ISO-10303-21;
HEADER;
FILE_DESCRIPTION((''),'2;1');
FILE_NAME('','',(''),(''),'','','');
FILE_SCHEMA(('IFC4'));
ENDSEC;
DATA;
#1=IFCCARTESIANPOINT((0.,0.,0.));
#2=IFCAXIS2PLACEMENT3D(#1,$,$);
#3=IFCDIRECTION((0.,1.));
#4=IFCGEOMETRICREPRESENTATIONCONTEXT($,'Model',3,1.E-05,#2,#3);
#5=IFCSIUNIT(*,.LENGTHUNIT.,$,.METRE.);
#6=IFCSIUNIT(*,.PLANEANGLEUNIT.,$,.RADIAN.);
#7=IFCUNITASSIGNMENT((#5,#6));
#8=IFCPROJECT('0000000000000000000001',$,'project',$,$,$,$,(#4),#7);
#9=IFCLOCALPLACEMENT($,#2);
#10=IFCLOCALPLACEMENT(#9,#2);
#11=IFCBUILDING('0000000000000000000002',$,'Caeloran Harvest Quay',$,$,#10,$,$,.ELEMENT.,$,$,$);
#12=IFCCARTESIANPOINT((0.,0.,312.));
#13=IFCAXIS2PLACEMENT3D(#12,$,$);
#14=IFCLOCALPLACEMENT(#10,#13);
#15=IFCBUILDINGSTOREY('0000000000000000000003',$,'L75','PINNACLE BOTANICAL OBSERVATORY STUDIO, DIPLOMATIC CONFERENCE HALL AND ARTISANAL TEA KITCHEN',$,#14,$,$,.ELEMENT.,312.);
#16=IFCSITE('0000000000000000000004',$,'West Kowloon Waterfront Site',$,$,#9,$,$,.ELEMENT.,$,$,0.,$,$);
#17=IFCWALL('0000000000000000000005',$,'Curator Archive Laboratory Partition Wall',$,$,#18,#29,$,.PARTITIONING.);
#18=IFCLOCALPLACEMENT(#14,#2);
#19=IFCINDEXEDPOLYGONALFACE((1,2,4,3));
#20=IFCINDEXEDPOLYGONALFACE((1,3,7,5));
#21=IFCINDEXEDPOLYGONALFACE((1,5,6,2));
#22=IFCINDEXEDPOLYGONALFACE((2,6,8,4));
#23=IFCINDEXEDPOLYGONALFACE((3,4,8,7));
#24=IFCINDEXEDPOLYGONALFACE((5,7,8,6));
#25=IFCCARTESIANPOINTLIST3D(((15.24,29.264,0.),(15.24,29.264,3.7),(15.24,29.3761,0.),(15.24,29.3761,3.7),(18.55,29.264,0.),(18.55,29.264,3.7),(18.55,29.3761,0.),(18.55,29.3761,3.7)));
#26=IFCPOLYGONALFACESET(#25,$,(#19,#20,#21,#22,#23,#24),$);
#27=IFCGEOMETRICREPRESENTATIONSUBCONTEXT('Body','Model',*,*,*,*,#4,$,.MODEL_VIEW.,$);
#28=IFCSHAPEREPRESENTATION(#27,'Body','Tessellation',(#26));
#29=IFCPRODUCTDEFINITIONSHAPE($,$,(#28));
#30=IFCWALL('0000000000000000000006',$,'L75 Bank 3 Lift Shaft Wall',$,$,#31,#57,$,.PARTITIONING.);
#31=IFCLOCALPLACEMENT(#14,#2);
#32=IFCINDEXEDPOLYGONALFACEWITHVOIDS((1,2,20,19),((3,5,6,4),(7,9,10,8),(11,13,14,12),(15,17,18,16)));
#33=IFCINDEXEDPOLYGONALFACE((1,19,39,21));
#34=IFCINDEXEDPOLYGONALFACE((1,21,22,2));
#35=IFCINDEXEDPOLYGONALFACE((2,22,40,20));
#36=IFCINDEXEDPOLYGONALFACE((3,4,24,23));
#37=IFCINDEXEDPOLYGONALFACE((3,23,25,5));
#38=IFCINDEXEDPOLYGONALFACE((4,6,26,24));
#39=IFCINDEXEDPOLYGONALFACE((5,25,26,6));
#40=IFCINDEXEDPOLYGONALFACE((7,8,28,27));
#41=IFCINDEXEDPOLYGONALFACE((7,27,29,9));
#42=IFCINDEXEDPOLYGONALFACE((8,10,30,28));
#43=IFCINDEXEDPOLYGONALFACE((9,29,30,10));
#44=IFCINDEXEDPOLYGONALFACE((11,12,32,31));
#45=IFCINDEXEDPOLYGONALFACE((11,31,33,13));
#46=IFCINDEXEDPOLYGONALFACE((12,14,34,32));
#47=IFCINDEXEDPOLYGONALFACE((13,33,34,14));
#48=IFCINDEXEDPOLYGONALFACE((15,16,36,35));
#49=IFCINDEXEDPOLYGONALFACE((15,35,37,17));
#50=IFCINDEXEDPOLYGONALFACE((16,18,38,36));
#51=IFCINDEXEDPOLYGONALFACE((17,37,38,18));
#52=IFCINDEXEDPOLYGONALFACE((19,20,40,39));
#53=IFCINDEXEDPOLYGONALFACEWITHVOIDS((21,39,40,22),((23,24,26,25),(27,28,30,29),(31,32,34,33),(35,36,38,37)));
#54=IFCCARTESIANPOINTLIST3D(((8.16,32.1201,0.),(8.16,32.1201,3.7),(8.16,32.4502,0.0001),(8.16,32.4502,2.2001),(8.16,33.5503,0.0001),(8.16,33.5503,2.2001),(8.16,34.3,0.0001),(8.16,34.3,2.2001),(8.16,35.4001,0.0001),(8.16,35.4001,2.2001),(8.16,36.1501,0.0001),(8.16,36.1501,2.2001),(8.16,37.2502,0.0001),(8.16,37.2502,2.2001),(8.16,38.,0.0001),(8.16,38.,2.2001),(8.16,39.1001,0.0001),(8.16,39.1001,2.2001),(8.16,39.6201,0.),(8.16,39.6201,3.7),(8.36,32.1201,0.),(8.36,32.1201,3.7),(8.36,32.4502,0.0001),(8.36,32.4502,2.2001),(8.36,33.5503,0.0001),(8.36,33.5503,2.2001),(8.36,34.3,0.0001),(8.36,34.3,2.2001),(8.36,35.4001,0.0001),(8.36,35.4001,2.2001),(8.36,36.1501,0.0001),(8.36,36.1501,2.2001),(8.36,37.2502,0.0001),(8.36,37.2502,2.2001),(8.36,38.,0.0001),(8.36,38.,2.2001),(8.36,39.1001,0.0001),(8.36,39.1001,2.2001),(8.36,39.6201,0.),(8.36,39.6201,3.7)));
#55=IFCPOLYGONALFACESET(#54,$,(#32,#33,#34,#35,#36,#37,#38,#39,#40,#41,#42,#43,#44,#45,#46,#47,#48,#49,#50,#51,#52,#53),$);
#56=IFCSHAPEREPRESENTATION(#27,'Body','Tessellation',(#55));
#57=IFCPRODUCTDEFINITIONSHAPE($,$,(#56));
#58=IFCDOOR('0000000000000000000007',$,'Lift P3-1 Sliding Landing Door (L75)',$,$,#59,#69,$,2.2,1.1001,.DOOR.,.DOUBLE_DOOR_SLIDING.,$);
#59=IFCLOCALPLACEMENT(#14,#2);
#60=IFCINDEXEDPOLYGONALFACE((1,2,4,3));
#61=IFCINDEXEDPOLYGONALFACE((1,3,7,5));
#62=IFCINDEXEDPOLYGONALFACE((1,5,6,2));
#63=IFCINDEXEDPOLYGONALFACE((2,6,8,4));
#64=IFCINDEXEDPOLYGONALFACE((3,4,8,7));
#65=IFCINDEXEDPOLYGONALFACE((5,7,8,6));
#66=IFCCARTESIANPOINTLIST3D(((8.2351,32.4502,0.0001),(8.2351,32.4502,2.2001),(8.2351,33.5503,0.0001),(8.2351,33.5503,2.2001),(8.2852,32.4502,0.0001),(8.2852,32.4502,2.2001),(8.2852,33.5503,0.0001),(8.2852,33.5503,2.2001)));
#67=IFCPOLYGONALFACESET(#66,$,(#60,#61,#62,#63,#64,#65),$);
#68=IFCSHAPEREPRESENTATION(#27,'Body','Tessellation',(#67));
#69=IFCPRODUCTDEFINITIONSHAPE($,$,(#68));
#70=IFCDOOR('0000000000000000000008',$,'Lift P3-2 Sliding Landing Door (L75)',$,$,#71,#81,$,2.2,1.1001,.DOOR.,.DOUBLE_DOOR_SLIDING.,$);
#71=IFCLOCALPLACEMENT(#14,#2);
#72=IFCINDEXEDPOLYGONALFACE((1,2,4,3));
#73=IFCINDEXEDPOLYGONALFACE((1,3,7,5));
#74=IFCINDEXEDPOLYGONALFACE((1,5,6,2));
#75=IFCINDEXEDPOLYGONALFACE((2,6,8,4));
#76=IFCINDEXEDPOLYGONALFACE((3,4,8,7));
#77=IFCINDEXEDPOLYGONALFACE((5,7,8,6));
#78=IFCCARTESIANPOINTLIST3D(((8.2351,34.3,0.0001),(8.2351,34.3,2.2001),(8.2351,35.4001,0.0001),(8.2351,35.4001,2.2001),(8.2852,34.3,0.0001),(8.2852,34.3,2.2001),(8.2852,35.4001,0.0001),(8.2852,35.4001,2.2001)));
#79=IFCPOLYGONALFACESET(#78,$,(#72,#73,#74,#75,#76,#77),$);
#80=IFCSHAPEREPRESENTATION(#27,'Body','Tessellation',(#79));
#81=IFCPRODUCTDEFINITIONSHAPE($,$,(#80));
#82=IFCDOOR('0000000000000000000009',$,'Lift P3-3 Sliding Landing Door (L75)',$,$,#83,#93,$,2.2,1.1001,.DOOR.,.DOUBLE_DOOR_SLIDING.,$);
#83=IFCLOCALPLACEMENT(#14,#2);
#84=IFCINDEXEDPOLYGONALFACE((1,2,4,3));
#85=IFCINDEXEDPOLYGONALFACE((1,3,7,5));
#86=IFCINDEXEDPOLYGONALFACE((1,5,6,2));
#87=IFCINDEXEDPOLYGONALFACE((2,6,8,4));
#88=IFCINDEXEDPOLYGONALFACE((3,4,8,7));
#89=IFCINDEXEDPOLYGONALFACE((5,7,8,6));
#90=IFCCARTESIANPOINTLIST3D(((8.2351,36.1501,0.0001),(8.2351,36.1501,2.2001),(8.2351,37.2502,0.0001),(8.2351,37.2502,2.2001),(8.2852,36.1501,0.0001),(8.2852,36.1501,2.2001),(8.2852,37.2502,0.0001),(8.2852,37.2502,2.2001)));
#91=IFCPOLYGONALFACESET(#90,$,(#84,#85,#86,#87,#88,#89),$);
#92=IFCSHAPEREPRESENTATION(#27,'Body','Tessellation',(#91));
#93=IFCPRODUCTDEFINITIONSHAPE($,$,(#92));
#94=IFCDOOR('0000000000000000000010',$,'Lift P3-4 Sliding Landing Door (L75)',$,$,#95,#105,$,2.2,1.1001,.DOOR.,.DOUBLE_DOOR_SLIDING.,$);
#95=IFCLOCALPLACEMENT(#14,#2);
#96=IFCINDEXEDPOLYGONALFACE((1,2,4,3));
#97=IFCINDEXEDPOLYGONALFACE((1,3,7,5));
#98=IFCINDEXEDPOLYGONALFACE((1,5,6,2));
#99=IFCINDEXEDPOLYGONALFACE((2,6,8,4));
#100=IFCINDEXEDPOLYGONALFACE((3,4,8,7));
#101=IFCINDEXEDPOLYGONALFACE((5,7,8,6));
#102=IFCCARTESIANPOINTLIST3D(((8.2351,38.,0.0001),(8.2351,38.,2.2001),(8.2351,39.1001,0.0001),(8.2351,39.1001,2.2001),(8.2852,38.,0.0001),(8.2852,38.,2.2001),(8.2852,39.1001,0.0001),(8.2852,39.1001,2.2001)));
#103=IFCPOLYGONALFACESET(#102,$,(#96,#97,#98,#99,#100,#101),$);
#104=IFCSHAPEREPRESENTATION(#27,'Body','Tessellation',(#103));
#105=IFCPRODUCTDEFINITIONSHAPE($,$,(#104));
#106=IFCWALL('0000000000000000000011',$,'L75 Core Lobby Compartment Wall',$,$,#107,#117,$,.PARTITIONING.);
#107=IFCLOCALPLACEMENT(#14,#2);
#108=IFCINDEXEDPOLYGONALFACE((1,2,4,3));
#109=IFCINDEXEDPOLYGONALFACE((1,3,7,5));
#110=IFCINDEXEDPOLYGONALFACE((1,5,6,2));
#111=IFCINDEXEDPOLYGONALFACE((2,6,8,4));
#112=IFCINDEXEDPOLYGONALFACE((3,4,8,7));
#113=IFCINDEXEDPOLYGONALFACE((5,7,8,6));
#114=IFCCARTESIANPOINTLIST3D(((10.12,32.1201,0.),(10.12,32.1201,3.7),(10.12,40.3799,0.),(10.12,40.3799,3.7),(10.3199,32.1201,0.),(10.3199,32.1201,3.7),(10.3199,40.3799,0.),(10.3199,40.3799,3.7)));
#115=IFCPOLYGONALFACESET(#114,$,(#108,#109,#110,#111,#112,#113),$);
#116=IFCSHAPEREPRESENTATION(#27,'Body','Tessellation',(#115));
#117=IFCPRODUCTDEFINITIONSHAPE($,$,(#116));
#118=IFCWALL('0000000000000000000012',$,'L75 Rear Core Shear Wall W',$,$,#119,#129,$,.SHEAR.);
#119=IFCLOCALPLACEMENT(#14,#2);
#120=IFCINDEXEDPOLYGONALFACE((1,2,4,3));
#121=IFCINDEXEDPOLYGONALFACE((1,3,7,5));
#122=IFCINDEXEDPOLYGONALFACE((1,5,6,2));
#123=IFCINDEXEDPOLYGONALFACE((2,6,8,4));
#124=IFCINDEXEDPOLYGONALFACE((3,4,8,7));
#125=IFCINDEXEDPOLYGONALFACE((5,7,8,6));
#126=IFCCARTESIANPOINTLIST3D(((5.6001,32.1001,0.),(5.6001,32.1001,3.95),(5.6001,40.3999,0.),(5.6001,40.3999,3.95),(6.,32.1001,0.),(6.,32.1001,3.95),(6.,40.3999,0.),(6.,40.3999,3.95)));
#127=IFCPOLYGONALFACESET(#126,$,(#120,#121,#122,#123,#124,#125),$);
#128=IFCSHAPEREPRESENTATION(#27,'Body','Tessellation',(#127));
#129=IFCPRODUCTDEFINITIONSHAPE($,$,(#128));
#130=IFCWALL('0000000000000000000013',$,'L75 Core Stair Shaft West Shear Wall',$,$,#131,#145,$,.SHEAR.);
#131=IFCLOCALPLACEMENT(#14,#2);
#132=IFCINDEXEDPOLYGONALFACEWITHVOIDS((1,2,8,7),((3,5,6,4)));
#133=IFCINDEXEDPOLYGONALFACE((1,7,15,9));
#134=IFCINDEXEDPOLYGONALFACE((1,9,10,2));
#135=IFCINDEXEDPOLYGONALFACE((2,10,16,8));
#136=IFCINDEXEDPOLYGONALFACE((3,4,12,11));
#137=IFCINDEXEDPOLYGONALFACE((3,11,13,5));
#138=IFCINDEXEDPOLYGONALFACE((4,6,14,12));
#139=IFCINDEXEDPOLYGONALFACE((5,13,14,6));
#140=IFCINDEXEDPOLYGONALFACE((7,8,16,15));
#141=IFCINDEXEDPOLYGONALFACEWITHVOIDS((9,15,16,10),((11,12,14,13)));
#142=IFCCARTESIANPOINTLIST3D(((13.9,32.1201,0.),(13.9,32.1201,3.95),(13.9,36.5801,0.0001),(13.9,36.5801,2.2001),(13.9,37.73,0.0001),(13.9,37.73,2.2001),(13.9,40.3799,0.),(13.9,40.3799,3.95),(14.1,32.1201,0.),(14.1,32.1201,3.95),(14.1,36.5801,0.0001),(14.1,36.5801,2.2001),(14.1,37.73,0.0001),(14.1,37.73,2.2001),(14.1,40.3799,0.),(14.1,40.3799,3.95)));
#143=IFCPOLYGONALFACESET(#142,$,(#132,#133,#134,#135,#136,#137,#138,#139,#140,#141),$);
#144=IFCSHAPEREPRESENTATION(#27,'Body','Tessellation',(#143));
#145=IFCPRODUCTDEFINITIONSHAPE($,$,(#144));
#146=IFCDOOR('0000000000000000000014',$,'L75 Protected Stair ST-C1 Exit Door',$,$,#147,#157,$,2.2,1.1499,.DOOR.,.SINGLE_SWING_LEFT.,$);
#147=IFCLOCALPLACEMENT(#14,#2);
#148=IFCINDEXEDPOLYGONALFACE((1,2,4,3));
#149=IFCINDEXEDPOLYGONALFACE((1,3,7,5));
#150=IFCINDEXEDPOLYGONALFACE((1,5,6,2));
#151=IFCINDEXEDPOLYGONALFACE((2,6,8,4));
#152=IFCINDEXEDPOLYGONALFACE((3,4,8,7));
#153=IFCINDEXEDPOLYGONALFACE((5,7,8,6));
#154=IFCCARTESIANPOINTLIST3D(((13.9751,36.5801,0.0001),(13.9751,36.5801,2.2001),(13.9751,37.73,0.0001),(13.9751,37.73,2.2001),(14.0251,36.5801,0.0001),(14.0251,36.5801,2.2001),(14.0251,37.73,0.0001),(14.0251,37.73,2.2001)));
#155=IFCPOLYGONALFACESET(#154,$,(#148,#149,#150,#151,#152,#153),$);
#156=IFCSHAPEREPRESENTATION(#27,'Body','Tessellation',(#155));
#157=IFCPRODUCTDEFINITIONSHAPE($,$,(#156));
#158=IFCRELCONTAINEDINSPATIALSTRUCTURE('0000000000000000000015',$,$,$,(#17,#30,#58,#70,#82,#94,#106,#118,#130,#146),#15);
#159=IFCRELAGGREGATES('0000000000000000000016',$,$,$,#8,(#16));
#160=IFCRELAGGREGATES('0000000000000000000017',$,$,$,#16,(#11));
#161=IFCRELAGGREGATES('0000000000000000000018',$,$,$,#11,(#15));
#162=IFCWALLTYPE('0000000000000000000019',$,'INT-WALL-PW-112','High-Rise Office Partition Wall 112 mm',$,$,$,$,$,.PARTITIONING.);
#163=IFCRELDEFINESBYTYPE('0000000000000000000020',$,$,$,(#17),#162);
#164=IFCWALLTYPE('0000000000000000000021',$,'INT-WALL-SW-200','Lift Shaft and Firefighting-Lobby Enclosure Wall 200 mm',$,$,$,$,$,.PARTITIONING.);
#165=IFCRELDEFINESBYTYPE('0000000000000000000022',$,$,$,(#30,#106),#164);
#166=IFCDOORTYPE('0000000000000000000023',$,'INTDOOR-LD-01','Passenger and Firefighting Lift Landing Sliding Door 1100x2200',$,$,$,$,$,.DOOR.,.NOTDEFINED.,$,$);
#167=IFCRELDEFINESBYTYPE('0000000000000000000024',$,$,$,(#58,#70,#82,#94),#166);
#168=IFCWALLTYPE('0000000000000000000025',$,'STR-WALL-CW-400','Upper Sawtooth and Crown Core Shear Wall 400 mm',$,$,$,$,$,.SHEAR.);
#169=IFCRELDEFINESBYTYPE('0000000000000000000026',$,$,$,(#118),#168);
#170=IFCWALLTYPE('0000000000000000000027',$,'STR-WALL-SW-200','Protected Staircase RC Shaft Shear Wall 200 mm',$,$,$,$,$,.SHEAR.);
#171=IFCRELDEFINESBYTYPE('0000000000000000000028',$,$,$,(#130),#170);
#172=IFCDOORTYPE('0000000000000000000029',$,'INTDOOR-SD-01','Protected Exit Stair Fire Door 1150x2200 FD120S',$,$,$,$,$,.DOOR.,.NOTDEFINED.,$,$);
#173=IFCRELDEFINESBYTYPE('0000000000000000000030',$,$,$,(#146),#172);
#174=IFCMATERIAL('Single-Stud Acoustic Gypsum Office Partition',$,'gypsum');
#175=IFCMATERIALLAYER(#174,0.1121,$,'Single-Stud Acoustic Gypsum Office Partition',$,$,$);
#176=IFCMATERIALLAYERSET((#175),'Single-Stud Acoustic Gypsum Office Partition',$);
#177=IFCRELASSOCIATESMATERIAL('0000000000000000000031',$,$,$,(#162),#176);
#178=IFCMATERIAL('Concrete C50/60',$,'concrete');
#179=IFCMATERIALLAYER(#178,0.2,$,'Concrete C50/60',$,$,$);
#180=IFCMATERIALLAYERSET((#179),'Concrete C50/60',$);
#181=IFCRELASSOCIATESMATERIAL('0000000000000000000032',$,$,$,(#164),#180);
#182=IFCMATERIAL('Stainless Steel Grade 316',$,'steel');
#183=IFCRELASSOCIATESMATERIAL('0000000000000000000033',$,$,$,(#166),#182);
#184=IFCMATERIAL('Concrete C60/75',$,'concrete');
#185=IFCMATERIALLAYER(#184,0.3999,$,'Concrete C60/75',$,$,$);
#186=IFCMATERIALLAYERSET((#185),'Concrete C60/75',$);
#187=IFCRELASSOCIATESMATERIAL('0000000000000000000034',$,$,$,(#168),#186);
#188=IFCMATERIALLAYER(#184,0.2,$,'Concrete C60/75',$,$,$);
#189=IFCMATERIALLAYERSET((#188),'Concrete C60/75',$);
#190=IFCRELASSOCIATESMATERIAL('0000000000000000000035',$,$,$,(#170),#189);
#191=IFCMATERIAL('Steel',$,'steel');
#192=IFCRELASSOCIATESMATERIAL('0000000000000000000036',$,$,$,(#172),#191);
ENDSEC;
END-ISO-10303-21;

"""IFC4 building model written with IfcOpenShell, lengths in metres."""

from ifc_helpers import new_model, si_unit, direction, frame, frame_2d, origin, place, context, subcontext, project, spatial, rectangle, extrude, material, layer, layer_set, type_object, element, fill, save


model = new_model("IFC4")

# Units and contexts
model_context = context("Model", 3, precision=1e-05, world=origin(), true_north=direction((0.0, 1.0)))
body_context = subcontext(model_context, "Body", "Model", "MODEL_VIEW")
ifc_project = project(units=[si_unit("LENGTHUNIT", "METRE"), si_unit("PLANEANGLEUNIT", "RADIAN")], contexts=[model_context])

# Site, building, storey
site_placement = place(None, origin())
site = spatial("IfcSite", under=ifc_project, at=site_placement, Name="West Kowloon Waterfront Site", CompositionType="ELEMENT", RefElevation=0.0)
building_placement = place(site_placement, origin())
building = spatial("IfcBuilding", under=site, at=building_placement, Name="Caeloran Harvest Quay", CompositionType="ELEMENT")
storey_placement = place(building_placement, frame((0.0, 0.0, 312.0)))
storey = spatial("IfcBuildingStorey", under=building, at=storey_placement, Name="L75", Description="PINNACLE BOTANICAL OBSERVATORY STUDIO, DIPLOMATIC CONFERENCE HALL AND ARTISANAL TEA KITCHEN", CompositionType="ELEMENT", Elevation=312.0)

# Shared definitions
ifc_material_1 = material(Name="Concrete C60/75", Category="concrete")

# Shared definitions
ifc_material_2 = material(Name="Single-Stud Acoustic Gypsum Office Partition", Category="gypsum")
ifc_layer_1 = layer(ifc_material_2, 0.1121, Name="Single-Stud Acoustic Gypsum Office Partition")
ifc_layer_set_1 = layer_set([ifc_layer_1], Name="Single-Stud Acoustic Gypsum Office Partition")
wall_type_1 = type_object("IfcWallType", Name="INT-WALL-PW-112", Description="High-Rise Office Partition Wall 112 mm", PredefinedType="PARTITIONING", material=ifc_layer_set_1)

# Wall
wall_1_placement = place(storey_placement, frame((15.24, 29.3201, 0.0), z_axis=(0.0, 0.0, 1.0), x_axis=(1.0, 0.0, 0.0)))
element("IfcWall", 1, at=wall_1_placement, inside=storey, type_object=wall_type_1, Name="Curator Archive Laboratory Partition Wall", PredefinedType="PARTITIONING", context=body_context, shape_type="SweptSolid", body=[
    extrude(rectangle(XDim=3.3101, YDim=0.1121, at=frame_2d((1.655, 0.0))), origin(), (0.0, 0.0, 1.0), 3.7),
])

# Wall, openings, doors
ifc_material_3 = material(Name="Concrete C50/60", Category="concrete")
ifc_layer_2 = layer(ifc_material_3, 0.2, Name="Concrete C50/60")
ifc_layer_set_2 = layer_set([ifc_layer_2], Name="Concrete C50/60")
wall_type_2 = type_object("IfcWallType", Name="INT-WALL-SW-200", Description="Lift Shaft and Firefighting-Lobby Enclosure Wall 200 mm", PredefinedType="PARTITIONING", material=ifc_layer_set_2)
wall_2_placement = place(storey_placement, frame((8.26, 32.1201, 0.0), z_axis=(0.0, 0.0, 1.0), x_axis=(0.0, 1.0, 0.0)))
wall_2 = element("IfcWall", 2, at=wall_2_placement, inside=storey, type_object=wall_type_2, Name="L75 Bank 3 Lift Shaft Wall", PredefinedType="PARTITIONING", context=body_context, shape_type="SweptSolid", body=[
    extrude(rectangle(XDim=7.5, YDim=0.2, at=frame_2d((3.75, 0.0))), origin(), (0.0, 0.0, 1.0), 3.7),
])
opening_1_placement = place(wall_2_placement, frame((0.3301, 0.0, 0.0)))
opening_1 = element("IfcOpeningElement", 3, at=opening_1_placement, cuts=wall_2, PredefinedType="OPENING", context=body_context, shape_type="SweptSolid", body=[
    extrude(rectangle(XDim=1.1001, YDim=2.2, at=frame_2d((0.55, 1.1001))), frame((0.0, 0.1099, 0.0), z_axis=(0.0, -1.0, 0.0), x_axis=(1.0, 0.0, 0.0)), (0.0, 0.0, 1.0), 0.22),
])
opening_2_placement = place(wall_2_placement, frame((2.1799, 0.0, 0.0)))
opening_2 = element("IfcOpeningElement", 4, at=opening_2_placement, cuts=wall_2, PredefinedType="OPENING", context=body_context, shape_type="SweptSolid", body=[
    extrude(rectangle(XDim=1.1001, YDim=2.2, at=frame_2d((0.55, 1.1001))), frame((0.0, 0.1099, 0.0), z_axis=(0.0, -1.0, 0.0), x_axis=(1.0, 0.0, 0.0)), (0.0, 0.0, 1.0), 0.22),
])
opening_3_placement = place(wall_2_placement, frame((4.03, 0.0, 0.0)))
opening_3 = element("IfcOpeningElement", 5, at=opening_3_placement, cuts=wall_2, PredefinedType="OPENING", context=body_context, shape_type="SweptSolid", body=[
    extrude(rectangle(XDim=1.1001, YDim=2.2, at=frame_2d((0.55, 1.1001))), frame((0.0, 0.1099, 0.0), z_axis=(0.0, -1.0, 0.0), x_axis=(1.0, 0.0, 0.0)), (0.0, 0.0, 1.0), 0.22),
])
opening_4_placement = place(wall_2_placement, frame((5.8799, 0.0, 0.0)))
opening_4 = element("IfcOpeningElement", 6, at=opening_4_placement, cuts=wall_2, PredefinedType="OPENING", context=body_context, shape_type="SweptSolid", body=[
    extrude(rectangle(XDim=1.1001, YDim=2.2, at=frame_2d((0.55, 1.1001))), frame((0.0, 0.1099, 0.0), z_axis=(0.0, -1.0, 0.0), x_axis=(1.0, 0.0, 0.0)), (0.0, 0.0, 1.0), 0.22),
])
ifc_material_4 = material(Name="Stainless Steel Grade 316", Category="steel")
door_type_1 = type_object("IfcDoorType", Name="INTDOOR-LD-01", Description="Passenger and Firefighting Lift Landing Sliding Door 1100x2200", OperationType="NOTDEFINED", PredefinedType="DOOR", material=ifc_material_4)
door_1_placement = place(opening_1_placement, origin())
door_1 = element("IfcDoor", 7, at=door_1_placement, inside=storey, type_object=door_type_1, Name="Lift P3-1 Sliding Landing Door (L75)", OperationType="DOUBLE_DOOR_SLIDING", OverallHeight=2.2, OverallWidth=1.1001, PredefinedType="DOOR", context=body_context, shape_type="SweptSolid", body=[
    extrude(rectangle(XDim=1.1001, YDim=2.2, at=frame_2d((0.55, 1.1001))), frame((0.0, 0.0249, 0.0), z_axis=(0.0, -1.0, 0.0), x_axis=(1.0, 0.0, 0.0)), (0.0, 0.0, 1.0), 0.05),
])
fill(opening_1, door_1)
door_2_placement = place(opening_2_placement, origin())
door_2 = element("IfcDoor", 8, at=door_2_placement, inside=storey, type_object=door_type_1, Name="Lift P3-2 Sliding Landing Door (L75)", OperationType="DOUBLE_DOOR_SLIDING", OverallHeight=2.2, OverallWidth=1.1001, PredefinedType="DOOR", context=body_context, shape_type="SweptSolid", body=[
    extrude(rectangle(XDim=1.1001, YDim=2.2, at=frame_2d((0.55, 1.1001))), frame((0.0, 0.0249, 0.0), z_axis=(0.0, -1.0, 0.0), x_axis=(1.0, 0.0, 0.0)), (0.0, 0.0, 1.0), 0.05),
])
fill(opening_2, door_2)
door_3_placement = place(opening_3_placement, origin())
door_3 = element("IfcDoor", 9, at=door_3_placement, inside=storey, type_object=door_type_1, Name="Lift P3-3 Sliding Landing Door (L75)", OperationType="DOUBLE_DOOR_SLIDING", OverallHeight=2.2, OverallWidth=1.1001, PredefinedType="DOOR", context=body_context, shape_type="SweptSolid", body=[
    extrude(rectangle(XDim=1.1001, YDim=2.2, at=frame_2d((0.55, 1.1001))), frame((0.0, 0.0249, 0.0), z_axis=(0.0, -1.0, 0.0), x_axis=(1.0, 0.0, 0.0)), (0.0, 0.0, 1.0), 0.05),
])
fill(opening_3, door_3)
door_4_placement = place(opening_4_placement, origin())
door_4 = element("IfcDoor", 10, at=door_4_placement, inside=storey, type_object=door_type_1, Name="Lift P3-4 Sliding Landing Door (L75)", OperationType="DOUBLE_DOOR_SLIDING", OverallHeight=2.2, OverallWidth=1.1001, PredefinedType="DOOR", context=body_context, shape_type="SweptSolid", body=[
    extrude(rectangle(XDim=1.1001, YDim=2.2, at=frame_2d((0.55, 1.1001))), frame((0.0, 0.0249, 0.0), z_axis=(0.0, -1.0, 0.0), x_axis=(1.0, 0.0, 0.0)), (0.0, 0.0, 1.0), 0.05),
])
fill(opening_4, door_4)

# Walls
wall_3_placement = place(storey_placement, frame((10.22, 32.1201, 0.0), z_axis=(0.0, 0.0, 1.0), x_axis=(0.0, 1.0, 0.0)))
element("IfcWall", 11, at=wall_3_placement, inside=storey, type_object=wall_type_2, Name="L75 Core Lobby Compartment Wall", PredefinedType="PARTITIONING", context=body_context, shape_type="SweptSolid", body=[
    extrude(rectangle(XDim=8.2598, YDim=0.2, at=frame_2d((4.1299, 0.0))), origin(), (0.0, 0.0, 1.0), 3.7),
])
ifc_layer_3 = layer(ifc_material_1, 0.3999, Name="Concrete C60/75")
ifc_layer_set_3 = layer_set([ifc_layer_3], Name="Concrete C60/75")
wall_type_3 = type_object("IfcWallType", Name="STR-WALL-CW-400", Description="Upper Sawtooth and Crown Core Shear Wall 400 mm", PredefinedType="SHEAR", material=ifc_layer_set_3)
wall_4_placement = place(storey_placement, frame((5.8, 32.1001, 0.0), z_axis=(0.0, 0.0, 1.0), x_axis=(0.0, 1.0, 0.0)))
element("IfcWall", 12, at=wall_4_placement, inside=storey, type_object=wall_type_3, Name="L75 Rear Core Shear Wall W", PredefinedType="SHEAR", context=body_context, shape_type="SweptSolid", body=[
    extrude(rectangle(XDim=8.2998, YDim=0.3999, at=frame_2d((4.1499, 0.0))), origin(), (0.0, 0.0, 1.0), 3.95),
])

# Wall, opening, door
ifc_layer_4 = layer(ifc_material_1, 0.2, Name="Concrete C60/75")
ifc_layer_set_4 = layer_set([ifc_layer_4], Name="Concrete C60/75")
wall_type_4 = type_object("IfcWallType", Name="STR-WALL-SW-200", Description="Protected Staircase RC Shaft Shear Wall 200 mm", PredefinedType="SHEAR", material=ifc_layer_set_4)
wall_5_placement = place(storey_placement, frame((14.0, 32.1201, 0.0), z_axis=(0.0, 0.0, 1.0), x_axis=(0.0, 1.0, 0.0)))
wall_5 = element("IfcWall", 13, at=wall_5_placement, inside=storey, type_object=wall_type_4, Name="L75 Core Stair Shaft West Shear Wall", PredefinedType="SHEAR", context=body_context, shape_type="SweptSolid", body=[
    extrude(rectangle(XDim=8.2598, YDim=0.2, at=frame_2d((4.1299, 0.0))), origin(), (0.0, 0.0, 1.0), 3.95),
])
opening_5_placement = place(wall_5_placement, frame((4.46, 0.0, 0.0)))
opening_5 = element("IfcOpeningElement", 14, at=opening_5_placement, cuts=wall_5, PredefinedType="OPENING", context=body_context, shape_type="SweptSolid", body=[
    extrude(rectangle(XDim=1.1499, YDim=2.2, at=frame_2d((0.575, 1.1001))), frame((0.0, 0.1099, 0.0), z_axis=(0.0, -1.0, 0.0), x_axis=(1.0, 0.0, 0.0)), (0.0, 0.0, 1.0), 0.22),
])
ifc_material_5 = material(Name="Steel", Category="steel")
door_type_2 = type_object("IfcDoorType", Name="INTDOOR-SD-01", Description="Protected Exit Stair Fire Door 1150x2200 FD120S", OperationType="NOTDEFINED", PredefinedType="DOOR", material=ifc_material_5)
door_5_placement = place(opening_5_placement, origin())
door_5 = element("IfcDoor", 15, at=door_5_placement, inside=storey, type_object=door_type_2, Name="L75 Protected Stair ST-C1 Exit Door", OperationType="SINGLE_SWING_LEFT", OverallHeight=2.2, OverallWidth=1.1499, PredefinedType="DOOR", context=body_context, shape_type="SweptSolid", body=[
    extrude(rectangle(XDim=1.1499, YDim=2.2, at=frame_2d((0.575, 1.1001))), frame((0.0, 0.0249, 0.0), z_axis=(0.0, -1.0, 0.0), x_axis=(1.0, 0.0, 0.0)), (0.0, 0.0, 1.0), 0.05),
])
fill(opening_5, door_5)

save(model, "model.ifc")
